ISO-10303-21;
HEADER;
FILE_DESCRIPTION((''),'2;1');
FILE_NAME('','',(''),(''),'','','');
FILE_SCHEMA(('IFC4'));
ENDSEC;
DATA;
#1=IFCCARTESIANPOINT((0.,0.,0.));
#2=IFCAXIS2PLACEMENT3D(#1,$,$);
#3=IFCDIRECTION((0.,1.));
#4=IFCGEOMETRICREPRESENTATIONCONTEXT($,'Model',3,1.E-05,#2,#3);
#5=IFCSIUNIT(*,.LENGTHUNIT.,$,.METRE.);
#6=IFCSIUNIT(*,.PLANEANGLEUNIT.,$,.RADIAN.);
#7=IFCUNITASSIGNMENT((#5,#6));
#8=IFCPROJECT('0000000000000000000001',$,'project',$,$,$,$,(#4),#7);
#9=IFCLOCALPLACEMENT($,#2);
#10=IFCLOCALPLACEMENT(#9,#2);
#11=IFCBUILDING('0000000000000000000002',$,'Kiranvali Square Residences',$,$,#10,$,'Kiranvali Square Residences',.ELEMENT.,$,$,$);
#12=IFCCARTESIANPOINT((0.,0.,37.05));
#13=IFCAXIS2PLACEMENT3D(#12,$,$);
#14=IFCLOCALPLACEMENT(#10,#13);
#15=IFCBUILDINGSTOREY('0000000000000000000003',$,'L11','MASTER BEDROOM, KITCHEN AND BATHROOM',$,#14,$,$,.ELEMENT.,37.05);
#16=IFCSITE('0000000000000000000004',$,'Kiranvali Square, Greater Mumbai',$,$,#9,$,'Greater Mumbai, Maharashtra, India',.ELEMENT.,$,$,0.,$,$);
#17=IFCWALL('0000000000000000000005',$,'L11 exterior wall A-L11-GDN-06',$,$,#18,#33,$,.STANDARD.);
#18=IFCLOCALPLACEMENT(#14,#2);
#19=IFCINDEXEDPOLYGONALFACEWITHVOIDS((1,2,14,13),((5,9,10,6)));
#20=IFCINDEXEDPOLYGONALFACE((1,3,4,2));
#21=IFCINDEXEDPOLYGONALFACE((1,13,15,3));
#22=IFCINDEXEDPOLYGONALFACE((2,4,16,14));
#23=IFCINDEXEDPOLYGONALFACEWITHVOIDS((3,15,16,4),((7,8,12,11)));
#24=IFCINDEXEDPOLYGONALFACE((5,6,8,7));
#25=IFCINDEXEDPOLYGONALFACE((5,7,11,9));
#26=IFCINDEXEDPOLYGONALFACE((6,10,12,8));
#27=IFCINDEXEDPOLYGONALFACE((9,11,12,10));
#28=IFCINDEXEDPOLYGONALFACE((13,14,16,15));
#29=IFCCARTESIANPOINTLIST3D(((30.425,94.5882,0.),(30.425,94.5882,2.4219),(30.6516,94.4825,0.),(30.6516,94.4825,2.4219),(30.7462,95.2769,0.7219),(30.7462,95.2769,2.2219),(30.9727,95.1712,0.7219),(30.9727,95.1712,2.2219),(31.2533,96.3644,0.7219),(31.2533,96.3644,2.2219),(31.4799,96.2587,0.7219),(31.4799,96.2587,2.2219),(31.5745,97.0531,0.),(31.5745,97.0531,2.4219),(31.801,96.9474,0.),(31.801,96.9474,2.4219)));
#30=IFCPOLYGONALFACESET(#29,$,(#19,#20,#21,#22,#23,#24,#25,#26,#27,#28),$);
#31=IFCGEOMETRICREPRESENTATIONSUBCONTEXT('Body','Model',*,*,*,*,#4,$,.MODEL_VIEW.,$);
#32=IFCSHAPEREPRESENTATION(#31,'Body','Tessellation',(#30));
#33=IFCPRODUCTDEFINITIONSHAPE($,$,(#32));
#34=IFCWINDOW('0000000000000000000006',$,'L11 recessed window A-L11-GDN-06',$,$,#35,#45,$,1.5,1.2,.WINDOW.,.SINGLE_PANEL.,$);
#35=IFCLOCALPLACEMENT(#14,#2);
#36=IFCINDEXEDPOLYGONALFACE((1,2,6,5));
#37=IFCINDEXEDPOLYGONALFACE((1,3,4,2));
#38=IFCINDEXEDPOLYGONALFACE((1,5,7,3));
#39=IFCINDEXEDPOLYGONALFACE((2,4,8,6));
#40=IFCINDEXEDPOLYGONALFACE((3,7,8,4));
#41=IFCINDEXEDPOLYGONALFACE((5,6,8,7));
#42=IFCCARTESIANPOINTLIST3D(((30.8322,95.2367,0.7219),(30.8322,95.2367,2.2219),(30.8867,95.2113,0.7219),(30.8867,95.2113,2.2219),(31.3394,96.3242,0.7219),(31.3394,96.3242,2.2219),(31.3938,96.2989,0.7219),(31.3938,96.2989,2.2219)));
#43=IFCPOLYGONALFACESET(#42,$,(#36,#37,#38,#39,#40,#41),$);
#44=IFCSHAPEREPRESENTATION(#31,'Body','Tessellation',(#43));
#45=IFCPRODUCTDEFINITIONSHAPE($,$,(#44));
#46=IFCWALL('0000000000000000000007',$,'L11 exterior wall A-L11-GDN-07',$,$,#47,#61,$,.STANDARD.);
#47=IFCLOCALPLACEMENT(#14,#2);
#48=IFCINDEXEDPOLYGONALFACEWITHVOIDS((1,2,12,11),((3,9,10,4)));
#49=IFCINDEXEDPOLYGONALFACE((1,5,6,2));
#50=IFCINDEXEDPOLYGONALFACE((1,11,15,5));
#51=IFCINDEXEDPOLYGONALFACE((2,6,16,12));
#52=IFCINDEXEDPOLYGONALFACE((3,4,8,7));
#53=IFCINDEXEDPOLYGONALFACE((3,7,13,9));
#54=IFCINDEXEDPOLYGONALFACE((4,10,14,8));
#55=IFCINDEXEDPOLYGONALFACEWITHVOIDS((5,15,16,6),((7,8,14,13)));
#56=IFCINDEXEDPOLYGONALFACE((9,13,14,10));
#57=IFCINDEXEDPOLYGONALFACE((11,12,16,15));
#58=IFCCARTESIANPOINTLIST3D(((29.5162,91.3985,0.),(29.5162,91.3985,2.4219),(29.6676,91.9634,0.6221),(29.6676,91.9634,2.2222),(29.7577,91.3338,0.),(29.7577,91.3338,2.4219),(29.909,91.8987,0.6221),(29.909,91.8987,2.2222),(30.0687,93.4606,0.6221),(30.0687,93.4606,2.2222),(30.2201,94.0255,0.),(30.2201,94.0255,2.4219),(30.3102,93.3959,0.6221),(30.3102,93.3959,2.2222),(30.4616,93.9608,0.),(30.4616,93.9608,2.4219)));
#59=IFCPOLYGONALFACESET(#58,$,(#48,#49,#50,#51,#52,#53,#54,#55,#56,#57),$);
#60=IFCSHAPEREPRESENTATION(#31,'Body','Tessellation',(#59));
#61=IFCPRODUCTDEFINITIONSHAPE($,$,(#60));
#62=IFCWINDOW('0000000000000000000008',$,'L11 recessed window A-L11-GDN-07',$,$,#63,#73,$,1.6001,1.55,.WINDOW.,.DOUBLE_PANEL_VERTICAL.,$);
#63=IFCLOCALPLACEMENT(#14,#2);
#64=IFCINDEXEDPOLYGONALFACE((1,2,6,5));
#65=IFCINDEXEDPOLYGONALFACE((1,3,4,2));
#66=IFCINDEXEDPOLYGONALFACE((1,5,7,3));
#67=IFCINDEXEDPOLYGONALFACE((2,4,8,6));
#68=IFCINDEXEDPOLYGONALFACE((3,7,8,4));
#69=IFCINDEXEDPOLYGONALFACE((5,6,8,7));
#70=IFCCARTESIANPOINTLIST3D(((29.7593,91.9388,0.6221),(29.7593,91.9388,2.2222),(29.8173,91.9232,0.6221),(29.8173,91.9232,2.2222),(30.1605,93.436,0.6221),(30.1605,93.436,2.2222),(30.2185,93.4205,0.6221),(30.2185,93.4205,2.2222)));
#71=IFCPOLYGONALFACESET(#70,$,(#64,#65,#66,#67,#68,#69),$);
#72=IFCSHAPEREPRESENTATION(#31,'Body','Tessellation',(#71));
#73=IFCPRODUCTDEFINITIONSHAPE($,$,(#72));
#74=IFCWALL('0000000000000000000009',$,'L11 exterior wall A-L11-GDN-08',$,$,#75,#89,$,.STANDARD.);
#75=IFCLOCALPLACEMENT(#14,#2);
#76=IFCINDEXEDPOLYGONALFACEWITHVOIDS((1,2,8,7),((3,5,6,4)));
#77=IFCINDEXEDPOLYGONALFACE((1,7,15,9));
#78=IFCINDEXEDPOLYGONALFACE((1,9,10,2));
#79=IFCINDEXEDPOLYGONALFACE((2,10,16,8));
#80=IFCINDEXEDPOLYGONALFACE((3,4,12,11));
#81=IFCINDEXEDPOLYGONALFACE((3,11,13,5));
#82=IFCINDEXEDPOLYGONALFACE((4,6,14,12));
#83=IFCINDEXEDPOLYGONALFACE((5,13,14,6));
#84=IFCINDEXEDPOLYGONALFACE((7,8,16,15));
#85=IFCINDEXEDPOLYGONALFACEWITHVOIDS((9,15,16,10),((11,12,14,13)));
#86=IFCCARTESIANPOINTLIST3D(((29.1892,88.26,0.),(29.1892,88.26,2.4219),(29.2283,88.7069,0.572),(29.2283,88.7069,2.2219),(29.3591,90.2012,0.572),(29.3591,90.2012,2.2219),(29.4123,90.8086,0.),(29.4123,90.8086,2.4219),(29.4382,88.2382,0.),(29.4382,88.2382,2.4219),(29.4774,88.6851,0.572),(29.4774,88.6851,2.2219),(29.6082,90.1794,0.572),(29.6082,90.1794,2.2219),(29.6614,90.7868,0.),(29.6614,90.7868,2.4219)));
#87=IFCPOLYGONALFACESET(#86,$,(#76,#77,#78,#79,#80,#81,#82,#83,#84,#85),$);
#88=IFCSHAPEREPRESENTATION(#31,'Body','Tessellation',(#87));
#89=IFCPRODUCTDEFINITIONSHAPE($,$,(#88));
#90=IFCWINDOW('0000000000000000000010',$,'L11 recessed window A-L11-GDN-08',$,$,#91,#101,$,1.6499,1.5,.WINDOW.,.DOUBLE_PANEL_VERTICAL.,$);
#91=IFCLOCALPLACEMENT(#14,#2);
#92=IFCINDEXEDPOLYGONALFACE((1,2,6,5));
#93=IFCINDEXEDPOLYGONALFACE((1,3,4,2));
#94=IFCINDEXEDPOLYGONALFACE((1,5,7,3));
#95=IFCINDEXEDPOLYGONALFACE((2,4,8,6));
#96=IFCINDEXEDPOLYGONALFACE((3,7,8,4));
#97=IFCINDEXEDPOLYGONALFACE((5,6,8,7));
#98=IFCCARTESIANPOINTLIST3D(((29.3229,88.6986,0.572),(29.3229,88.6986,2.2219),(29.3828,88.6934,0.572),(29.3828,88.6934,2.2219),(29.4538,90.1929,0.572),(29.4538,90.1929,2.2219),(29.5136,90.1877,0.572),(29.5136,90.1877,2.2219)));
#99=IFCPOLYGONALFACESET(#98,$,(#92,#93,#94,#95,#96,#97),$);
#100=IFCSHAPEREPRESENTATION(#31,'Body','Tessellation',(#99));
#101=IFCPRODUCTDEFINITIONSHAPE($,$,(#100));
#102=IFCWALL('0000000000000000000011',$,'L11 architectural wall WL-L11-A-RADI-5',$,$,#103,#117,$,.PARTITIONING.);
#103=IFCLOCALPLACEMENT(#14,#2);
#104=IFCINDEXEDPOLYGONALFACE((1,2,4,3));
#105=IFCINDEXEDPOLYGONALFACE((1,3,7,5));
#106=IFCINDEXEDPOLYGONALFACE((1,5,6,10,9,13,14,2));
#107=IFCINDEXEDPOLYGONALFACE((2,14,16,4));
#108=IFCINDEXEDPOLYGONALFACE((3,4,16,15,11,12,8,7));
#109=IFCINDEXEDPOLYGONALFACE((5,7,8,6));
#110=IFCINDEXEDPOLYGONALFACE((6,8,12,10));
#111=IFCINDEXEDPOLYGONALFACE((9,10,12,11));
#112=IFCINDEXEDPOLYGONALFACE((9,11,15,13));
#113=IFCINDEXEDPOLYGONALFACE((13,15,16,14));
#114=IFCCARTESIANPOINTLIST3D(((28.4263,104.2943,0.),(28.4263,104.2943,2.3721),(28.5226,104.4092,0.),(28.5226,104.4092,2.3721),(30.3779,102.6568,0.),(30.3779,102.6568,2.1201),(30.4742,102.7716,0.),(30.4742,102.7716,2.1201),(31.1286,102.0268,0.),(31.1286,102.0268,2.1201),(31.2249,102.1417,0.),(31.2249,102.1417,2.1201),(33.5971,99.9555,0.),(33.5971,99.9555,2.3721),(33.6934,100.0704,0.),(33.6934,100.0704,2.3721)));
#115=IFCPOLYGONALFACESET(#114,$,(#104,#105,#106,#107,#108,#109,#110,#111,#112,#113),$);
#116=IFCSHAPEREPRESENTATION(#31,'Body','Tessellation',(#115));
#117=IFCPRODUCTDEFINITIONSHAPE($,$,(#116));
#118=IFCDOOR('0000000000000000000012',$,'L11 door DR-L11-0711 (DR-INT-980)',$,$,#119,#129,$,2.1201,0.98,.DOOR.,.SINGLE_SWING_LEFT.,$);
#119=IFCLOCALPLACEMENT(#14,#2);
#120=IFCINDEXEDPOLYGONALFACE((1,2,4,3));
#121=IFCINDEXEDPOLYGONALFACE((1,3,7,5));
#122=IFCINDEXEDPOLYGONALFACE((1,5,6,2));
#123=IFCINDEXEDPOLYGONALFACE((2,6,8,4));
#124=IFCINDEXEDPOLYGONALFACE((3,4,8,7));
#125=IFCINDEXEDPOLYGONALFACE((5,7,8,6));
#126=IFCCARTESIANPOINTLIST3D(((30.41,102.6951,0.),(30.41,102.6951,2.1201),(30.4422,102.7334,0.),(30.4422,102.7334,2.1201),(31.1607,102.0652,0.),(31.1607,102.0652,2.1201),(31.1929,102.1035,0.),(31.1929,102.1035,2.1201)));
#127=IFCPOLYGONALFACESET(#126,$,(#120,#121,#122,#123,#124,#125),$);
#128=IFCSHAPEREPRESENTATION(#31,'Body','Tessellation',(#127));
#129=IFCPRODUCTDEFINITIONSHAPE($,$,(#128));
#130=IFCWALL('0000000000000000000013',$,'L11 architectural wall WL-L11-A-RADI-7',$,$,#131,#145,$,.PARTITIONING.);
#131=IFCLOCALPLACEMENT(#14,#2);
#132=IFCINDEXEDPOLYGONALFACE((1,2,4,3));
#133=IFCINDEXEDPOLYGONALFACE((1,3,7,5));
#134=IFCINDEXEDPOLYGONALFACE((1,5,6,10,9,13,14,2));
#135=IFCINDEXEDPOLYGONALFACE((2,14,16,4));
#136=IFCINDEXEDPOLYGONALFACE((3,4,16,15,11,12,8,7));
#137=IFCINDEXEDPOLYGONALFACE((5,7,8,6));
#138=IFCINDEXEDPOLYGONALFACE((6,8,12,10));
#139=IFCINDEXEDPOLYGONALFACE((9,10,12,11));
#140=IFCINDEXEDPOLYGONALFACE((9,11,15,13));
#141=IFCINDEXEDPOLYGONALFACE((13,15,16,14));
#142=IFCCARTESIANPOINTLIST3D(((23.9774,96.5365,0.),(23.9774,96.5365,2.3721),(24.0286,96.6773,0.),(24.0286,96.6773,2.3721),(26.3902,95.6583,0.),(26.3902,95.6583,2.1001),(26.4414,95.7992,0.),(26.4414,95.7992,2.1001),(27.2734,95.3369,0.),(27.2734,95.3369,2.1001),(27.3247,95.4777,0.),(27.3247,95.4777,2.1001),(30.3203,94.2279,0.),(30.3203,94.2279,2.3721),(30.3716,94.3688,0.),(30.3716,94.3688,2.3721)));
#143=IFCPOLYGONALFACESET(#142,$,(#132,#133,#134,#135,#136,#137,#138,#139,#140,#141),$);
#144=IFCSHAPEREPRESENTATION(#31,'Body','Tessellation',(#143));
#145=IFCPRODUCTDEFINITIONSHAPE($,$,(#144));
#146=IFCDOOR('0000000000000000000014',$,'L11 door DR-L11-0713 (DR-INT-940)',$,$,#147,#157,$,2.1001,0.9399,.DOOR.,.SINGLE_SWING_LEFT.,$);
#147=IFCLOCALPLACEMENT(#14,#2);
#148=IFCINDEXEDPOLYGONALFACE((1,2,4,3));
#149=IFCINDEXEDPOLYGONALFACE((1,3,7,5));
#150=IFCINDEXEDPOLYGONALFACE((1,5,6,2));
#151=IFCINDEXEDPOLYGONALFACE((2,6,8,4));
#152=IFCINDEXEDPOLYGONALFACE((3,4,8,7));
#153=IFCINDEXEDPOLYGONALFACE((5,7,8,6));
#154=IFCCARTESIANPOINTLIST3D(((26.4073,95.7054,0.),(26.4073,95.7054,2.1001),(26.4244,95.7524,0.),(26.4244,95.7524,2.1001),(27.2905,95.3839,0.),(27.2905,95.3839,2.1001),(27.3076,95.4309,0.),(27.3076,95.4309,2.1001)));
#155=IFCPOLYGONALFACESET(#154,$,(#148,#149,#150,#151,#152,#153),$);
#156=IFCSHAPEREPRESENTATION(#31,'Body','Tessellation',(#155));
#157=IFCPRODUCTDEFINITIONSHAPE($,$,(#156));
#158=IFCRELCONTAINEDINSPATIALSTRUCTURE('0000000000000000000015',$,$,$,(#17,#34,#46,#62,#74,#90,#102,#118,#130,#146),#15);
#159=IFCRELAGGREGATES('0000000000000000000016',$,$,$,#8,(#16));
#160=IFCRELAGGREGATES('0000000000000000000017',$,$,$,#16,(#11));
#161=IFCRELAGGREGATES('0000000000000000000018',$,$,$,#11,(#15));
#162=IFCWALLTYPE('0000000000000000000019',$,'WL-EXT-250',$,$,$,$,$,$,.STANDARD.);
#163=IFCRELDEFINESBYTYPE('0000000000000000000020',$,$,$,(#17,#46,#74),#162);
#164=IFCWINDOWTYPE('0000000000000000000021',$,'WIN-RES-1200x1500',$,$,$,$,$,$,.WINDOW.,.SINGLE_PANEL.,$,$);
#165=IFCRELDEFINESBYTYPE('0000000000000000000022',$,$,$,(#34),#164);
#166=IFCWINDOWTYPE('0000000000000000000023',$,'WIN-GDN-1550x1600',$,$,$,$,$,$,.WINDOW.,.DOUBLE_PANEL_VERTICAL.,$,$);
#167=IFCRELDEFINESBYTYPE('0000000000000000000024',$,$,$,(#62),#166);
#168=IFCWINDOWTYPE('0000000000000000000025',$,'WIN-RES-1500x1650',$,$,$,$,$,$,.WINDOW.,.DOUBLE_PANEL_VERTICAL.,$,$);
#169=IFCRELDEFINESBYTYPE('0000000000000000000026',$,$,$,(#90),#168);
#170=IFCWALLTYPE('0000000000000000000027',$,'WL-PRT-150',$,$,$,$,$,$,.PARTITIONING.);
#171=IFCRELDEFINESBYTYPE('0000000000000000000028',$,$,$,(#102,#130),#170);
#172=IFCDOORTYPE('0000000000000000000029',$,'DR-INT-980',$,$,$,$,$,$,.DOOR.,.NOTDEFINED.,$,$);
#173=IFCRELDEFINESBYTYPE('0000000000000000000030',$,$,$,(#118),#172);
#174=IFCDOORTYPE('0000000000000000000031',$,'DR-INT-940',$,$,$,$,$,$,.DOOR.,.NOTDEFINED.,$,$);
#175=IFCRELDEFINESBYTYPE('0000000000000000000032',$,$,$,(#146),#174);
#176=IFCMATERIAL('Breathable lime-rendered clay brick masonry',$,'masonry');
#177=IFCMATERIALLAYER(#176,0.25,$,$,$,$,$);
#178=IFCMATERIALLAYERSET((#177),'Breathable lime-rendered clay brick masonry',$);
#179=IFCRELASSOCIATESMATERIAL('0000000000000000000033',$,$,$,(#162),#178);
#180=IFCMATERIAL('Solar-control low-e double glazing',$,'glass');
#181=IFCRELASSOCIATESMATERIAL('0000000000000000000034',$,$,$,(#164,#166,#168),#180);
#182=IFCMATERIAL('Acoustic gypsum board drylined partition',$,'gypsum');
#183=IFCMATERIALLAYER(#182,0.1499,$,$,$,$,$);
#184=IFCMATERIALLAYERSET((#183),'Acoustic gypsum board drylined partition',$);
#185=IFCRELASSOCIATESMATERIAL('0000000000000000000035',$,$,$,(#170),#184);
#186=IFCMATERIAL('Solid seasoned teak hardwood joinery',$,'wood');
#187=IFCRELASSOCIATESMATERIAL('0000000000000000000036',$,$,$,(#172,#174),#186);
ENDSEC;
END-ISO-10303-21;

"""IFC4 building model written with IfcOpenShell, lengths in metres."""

from ifc_helpers import new_model, si_unit, direction, frame, frame_2d, origin, place, context, subcontext, project, spatial, rectangle, extrude, material, layer, layer_set, type_object, element, fill, save


model = new_model("IFC4")

# Units and contexts
model_context = context("Model", 3, precision=1e-05, world=origin(), true_north=direction((0.0, 1.0)))
body_context = subcontext(model_context, "Body", "Model", "MODEL_VIEW")
ifc_project = project(units=[si_unit("LENGTHUNIT", "METRE"), si_unit("PLANEANGLEUNIT", "RADIAN")], contexts=[model_context])

# Site, building, storey
site_placement = place(None, origin())
site = spatial("IfcSite", under=ifc_project, at=site_placement, Name="Kiranvali Square, Greater Mumbai", LongName="Greater Mumbai, Maharashtra, India", CompositionType="ELEMENT", RefElevation=0.0)
building_placement = place(site_placement, origin())
building = spatial("IfcBuilding", under=site, at=building_placement, Name="Kiranvali Square Residences", LongName="Kiranvali Square Residences", CompositionType="ELEMENT")
storey_placement = place(building_placement, frame((0.0, 0.0, 37.05)))
storey = spatial("IfcBuildingStorey", under=building, at=storey_placement, Name="L11", Description="MASTER BEDROOM, KITCHEN AND BATHROOM", CompositionType="ELEMENT", Elevation=37.05)

# Shared definitions
ifc_material_1 = material(Name="Breathable lime-rendered clay brick masonry", Category="masonry")
ifc_layer_1 = layer(ifc_material_1, 0.25)
ifc_layer_set_1 = layer_set([ifc_layer_1], Name="Breathable lime-rendered clay brick masonry")
wall_type_1 = type_object("IfcWallType", Name="WL-EXT-250", PredefinedType="STANDARD", material=ifc_layer_set_1)

# Walls, openings, windows
wall_1_placement = place(storey_placement, frame((31.6877, 97.0002, 0.0), z_axis=(0.0, 0.0, 1.0), x_axis=(-0.42263, -0.906302, 0.0)))
wall_1 = element("IfcWall", 1, at=wall_1_placement, inside=storey, type_object=wall_type_1, Name="L11 exterior wall A-L11-GDN-06", PredefinedType="STANDARD", context=body_context, shape_type="SweptSolid", body=[
    extrude(rectangle(XDim=2.7197, YDim=0.25, at=frame_2d((1.3599, 0.0))), origin(), (0.0, 0.0, 1.0), 2.4219),
])
opening_1_placement = place(wall_1_placement, frame((0.7598, 0.0, 0.7219)))
opening_1 = element("IfcOpeningElement", 2, at=opening_1_placement, cuts=wall_1, PredefinedType="OPENING", context=body_context, shape_type="SweptSolid", body=[
    extrude(rectangle(XDim=1.2, YDim=1.5, at=frame_2d((0.6001, 0.75))), frame((0.0, 0.135, 0.0), z_axis=(0.0, -1.0, 0.0), x_axis=(1.0, 0.0, 0.0)), (0.0, 0.0, 1.0), 0.27),
])
ifc_material_2 = material(Name="Solar-control low-e double glazing", Category="glass")
window_type_1 = type_object("IfcWindowType", Name="WIN-RES-1200x1500", PartitioningType="SINGLE_PANEL", PredefinedType="WINDOW", material=ifc_material_2)
window_1_placement = place(opening_1_placement, origin())
window_1 = element("IfcWindow", 3, at=window_1_placement, inside=storey, type_object=window_type_1, Name="L11 recessed window A-L11-GDN-06", OverallHeight=1.5, OverallWidth=1.2, PartitioningType="SINGLE_PANEL", PredefinedType="WINDOW", context=body_context, shape_type="SweptSolid", body=[
    extrude(rectangle(XDim=1.2, YDim=1.5, at=frame_2d((0.6001, 0.75))), frame((0.0, 0.03, 0.0), z_axis=(0.0, -1.0, 0.0), x_axis=(1.0, 0.0, 0.0)), (0.0, 0.0, 1.0), 0.0601),
])
fill(opening_1, window_1)
wall_2_placement = place(storey_placement, frame((30.3408, 93.9932, 0.0), z_axis=(0.0, 0.0, 1.0), x_axis=(-0.258808, -0.965929, 0.0)))
wall_2 = element("IfcWall", 4, at=wall_2_placement, inside=storey, type_object=wall_type_1, Name="L11 exterior wall A-L11-GDN-07", PredefinedType="STANDARD", context=body_context, shape_type="SweptSolid", body=[
    extrude(rectangle(XDim=2.7197, YDim=0.25, at=frame_2d((1.3599, 0.0))), origin(), (0.0, 0.0, 1.0), 2.4219),
])
opening_2_placement = place(wall_2_placement, frame((0.585, 0.0, 0.6221)))
opening_2 = element("IfcOpeningElement", 5, at=opening_2_placement, cuts=wall_2, PredefinedType="OPENING", context=body_context, shape_type="SweptSolid", body=[
    extrude(rectangle(XDim=1.55, YDim=1.6001, at=frame_2d((0.7749, 0.8))), frame((0.0, 0.135, 0.0), z_axis=(0.0, -1.0, 0.0), x_axis=(1.0, 0.0, 0.0)), (0.0, 0.0, 1.0), 0.27),
])
window_type_2 = type_object("IfcWindowType", Name="WIN-GDN-1550x1600", PartitioningType="DOUBLE_PANEL_VERTICAL", PredefinedType="WINDOW", material=ifc_material_2)
window_2_placement = place(opening_2_placement, origin())
window_2 = element("IfcWindow", 6, at=window_2_placement, inside=storey, type_object=window_type_2, Name="L11 recessed window A-L11-GDN-07", OverallHeight=1.6001, OverallWidth=1.55, PartitioningType="DOUBLE_PANEL_VERTICAL", PredefinedType="WINDOW", context=body_context, shape_type="SweptSolid", body=[
    extrude(rectangle(XDim=1.55, YDim=1.6001, at=frame_2d((0.7749, 0.8))), frame((0.0, 0.03, 0.0), z_axis=(0.0, -1.0, 0.0), x_axis=(1.0, 0.0, 0.0)), (0.0, 0.0, 1.0), 0.0601),
])
fill(opening_2, window_2)
wall_3_placement = place(storey_placement, frame((29.5369, 90.7979, 0.0), z_axis=(0.0, 0.0, 1.0), x_axis=(-0.087223, -0.996189, 0.0)))
wall_3 = element("IfcWall", 7, at=wall_3_placement, inside=storey, type_object=wall_type_1, Name="L11 exterior wall A-L11-GDN-08", PredefinedType="STANDARD", context=body_context, shape_type="SweptSolid", body=[
    extrude(rectangle(XDim=2.5583, YDim=0.25, at=frame_2d((1.2793, 0.0))), origin(), (0.0, 0.0, 1.0), 2.4219),
])
opening_3_placement = place(wall_3_placement, frame((0.6099, 0.0, 0.572)))
opening_3 = element("IfcOpeningElement", 8, at=opening_3_placement, cuts=wall_3, PredefinedType="OPENING", context=body_context, shape_type="SweptSolid", body=[
    extrude(rectangle(XDim=1.5, YDim=1.6499, at=frame_2d((0.75, 0.825))), frame((0.0, 0.135, 0.0), z_axis=(0.0, -1.0, 0.0), x_axis=(1.0, 0.0, 0.0)), (0.0, 0.0, 1.0), 0.27),
])
window_type_3 = type_object("IfcWindowType", Name="WIN-RES-1500x1650", PartitioningType="DOUBLE_PANEL_VERTICAL", PredefinedType="WINDOW", material=ifc_material_2)
window_3_placement = place(opening_3_placement, origin())
window_3 = element("IfcWindow", 9, at=window_3_placement, inside=storey, type_object=window_type_3, Name="L11 recessed window A-L11-GDN-08", OverallHeight=1.6499, OverallWidth=1.5, PartitioningType="DOUBLE_PANEL_VERTICAL", PredefinedType="WINDOW", context=body_context, shape_type="SweptSolid", body=[
    extrude(rectangle(XDim=1.5, YDim=1.6499, at=frame_2d((0.75, 0.825))), frame((0.0, 0.03, 0.0), z_axis=(0.0, -1.0, 0.0), x_axis=(1.0, 0.0, 0.0)), (0.0, 0.0, 1.0), 0.0601),
])
fill(opening_3, window_3)

# Walls, openings, doors
ifc_material_3 = material(Name="Acoustic gypsum board drylined partition", Category="gypsum")
ifc_layer_2 = layer(ifc_material_3, 0.1499)
ifc_layer_set_2 = layer_set([ifc_layer_2], Name="Acoustic gypsum board drylined partition")
wall_type_2 = type_object("IfcWallType", Name="WL-PRT-150", PredefinedType="PARTITIONING", material=ifc_layer_set_2)
wall_4_placement = place(storey_placement, frame((33.6453, 100.0129, 0.0), z_axis=(0.0, 0.0, 1.0), x_axis=(-0.766047, 0.642785, 0.0)))
wall_4 = element("IfcWall", 10, at=wall_4_placement, inside=storey, type_object=wall_type_2, Name="L11 architectural wall WL-L11-A-RADI-5", PredefinedType="PARTITIONING", context=body_context, shape_type="SweptSolid", body=[
    extrude(rectangle(XDim=6.75, YDim=0.1499, at=frame_2d((3.375, 0.0))), origin(), (0.0, 0.0, 1.0), 2.3721),
])
opening_4_placement = place(wall_4_placement, frame((3.2224, 0.0, 0.0)))
opening_4 = element("IfcOpeningElement", 11, at=opening_4_placement, cuts=wall_4, PredefinedType="OPENING", context=body_context, shape_type="SweptSolid", body=[
    extrude(rectangle(XDim=0.98, YDim=2.1201, at=frame_2d((0.49, 1.0601))), frame((0.0, 0.085, 0.0), z_axis=(0.0, -1.0, 0.0), x_axis=(1.0, 0.0, 0.0)), (0.0, 0.0, 1.0), 0.1699),
])
ifc_material_4 = material(Name="Solid seasoned teak hardwood joinery", Category="wood")
door_type_1 = type_object("IfcDoorType", Name="DR-INT-980", OperationType="NOTDEFINED", PredefinedType="DOOR", material=ifc_material_4)
door_1_placement = place(opening_4_placement, origin())
door_1 = element("IfcDoor", 12, at=door_1_placement, inside=storey, type_object=door_type_1, Name="L11 door DR-L11-0711 (DR-INT-980)", OperationType="SINGLE_SWING_LEFT", OverallHeight=2.1201, OverallWidth=0.98, PredefinedType="DOOR", context=body_context, shape_type="SweptSolid", body=[
    extrude(rectangle(XDim=0.98, YDim=2.1201, at=frame_2d((0.49, 1.0601))), frame((0.0, 0.0249, 0.0), z_axis=(0.0, -1.0, 0.0), x_axis=(1.0, 0.0, 0.0)), (0.0, 0.0, 1.0), 0.05),
])
fill(opening_4, door_1)
wall_5_placement = place(storey_placement, frame((30.3459, 94.2983, 0.0), z_axis=(0.0, 0.0, 1.0), x_axis=(-0.939696, 0.34201, 0.0)))
wall_5 = element("IfcWall", 13, at=wall_5_placement, inside=storey, type_object=wall_type_2, Name="L11 architectural wall WL-L11-A-RADI-7", PredefinedType="PARTITIONING", context=body_context, shape_type="SweptSolid", body=[
    extrude(rectangle(XDim=6.75, YDim=0.1499, at=frame_2d((3.375, 0.0))), origin(), (0.0, 0.0, 1.0), 2.3721),
])
opening_5_placement = place(wall_5_placement, frame((3.2424, 0.0, 0.0)))
opening_5 = element("IfcOpeningElement", 14, at=opening_5_placement, cuts=wall_5, PredefinedType="OPENING", context=body_context, shape_type="SweptSolid", body=[
    extrude(rectangle(XDim=0.9399, YDim=2.1001, at=frame_2d((0.47, 1.05))), frame((0.0, 0.085, 0.0), z_axis=(0.0, -1.0, 0.0), x_axis=(1.0, 0.0, 0.0)), (0.0, 0.0, 1.0), 0.1699),
])
door_type_2 = type_object("IfcDoorType", Name="DR-INT-940", OperationType="NOTDEFINED", PredefinedType="DOOR", material=ifc_material_4)
door_2_placement = place(opening_5_placement, origin())
door_2 = element("IfcDoor", 15, at=door_2_placement, inside=storey, type_object=door_type_2, Name="L11 door DR-L11-0713 (DR-INT-940)", OperationType="SINGLE_SWING_LEFT", OverallHeight=2.1001, OverallWidth=0.9399, PredefinedType="DOOR", context=body_context, shape_type="SweptSolid", body=[
    extrude(rectangle(XDim=0.9399, YDim=2.1001, at=frame_2d((0.47, 1.05))), frame((0.0, 0.0249, 0.0), z_axis=(0.0, -1.0, 0.0), x_axis=(1.0, 0.0, 0.0)), (0.0, 0.0, 1.0), 0.05),
])
fill(opening_5, door_2)

save(model, "model.ifc")
